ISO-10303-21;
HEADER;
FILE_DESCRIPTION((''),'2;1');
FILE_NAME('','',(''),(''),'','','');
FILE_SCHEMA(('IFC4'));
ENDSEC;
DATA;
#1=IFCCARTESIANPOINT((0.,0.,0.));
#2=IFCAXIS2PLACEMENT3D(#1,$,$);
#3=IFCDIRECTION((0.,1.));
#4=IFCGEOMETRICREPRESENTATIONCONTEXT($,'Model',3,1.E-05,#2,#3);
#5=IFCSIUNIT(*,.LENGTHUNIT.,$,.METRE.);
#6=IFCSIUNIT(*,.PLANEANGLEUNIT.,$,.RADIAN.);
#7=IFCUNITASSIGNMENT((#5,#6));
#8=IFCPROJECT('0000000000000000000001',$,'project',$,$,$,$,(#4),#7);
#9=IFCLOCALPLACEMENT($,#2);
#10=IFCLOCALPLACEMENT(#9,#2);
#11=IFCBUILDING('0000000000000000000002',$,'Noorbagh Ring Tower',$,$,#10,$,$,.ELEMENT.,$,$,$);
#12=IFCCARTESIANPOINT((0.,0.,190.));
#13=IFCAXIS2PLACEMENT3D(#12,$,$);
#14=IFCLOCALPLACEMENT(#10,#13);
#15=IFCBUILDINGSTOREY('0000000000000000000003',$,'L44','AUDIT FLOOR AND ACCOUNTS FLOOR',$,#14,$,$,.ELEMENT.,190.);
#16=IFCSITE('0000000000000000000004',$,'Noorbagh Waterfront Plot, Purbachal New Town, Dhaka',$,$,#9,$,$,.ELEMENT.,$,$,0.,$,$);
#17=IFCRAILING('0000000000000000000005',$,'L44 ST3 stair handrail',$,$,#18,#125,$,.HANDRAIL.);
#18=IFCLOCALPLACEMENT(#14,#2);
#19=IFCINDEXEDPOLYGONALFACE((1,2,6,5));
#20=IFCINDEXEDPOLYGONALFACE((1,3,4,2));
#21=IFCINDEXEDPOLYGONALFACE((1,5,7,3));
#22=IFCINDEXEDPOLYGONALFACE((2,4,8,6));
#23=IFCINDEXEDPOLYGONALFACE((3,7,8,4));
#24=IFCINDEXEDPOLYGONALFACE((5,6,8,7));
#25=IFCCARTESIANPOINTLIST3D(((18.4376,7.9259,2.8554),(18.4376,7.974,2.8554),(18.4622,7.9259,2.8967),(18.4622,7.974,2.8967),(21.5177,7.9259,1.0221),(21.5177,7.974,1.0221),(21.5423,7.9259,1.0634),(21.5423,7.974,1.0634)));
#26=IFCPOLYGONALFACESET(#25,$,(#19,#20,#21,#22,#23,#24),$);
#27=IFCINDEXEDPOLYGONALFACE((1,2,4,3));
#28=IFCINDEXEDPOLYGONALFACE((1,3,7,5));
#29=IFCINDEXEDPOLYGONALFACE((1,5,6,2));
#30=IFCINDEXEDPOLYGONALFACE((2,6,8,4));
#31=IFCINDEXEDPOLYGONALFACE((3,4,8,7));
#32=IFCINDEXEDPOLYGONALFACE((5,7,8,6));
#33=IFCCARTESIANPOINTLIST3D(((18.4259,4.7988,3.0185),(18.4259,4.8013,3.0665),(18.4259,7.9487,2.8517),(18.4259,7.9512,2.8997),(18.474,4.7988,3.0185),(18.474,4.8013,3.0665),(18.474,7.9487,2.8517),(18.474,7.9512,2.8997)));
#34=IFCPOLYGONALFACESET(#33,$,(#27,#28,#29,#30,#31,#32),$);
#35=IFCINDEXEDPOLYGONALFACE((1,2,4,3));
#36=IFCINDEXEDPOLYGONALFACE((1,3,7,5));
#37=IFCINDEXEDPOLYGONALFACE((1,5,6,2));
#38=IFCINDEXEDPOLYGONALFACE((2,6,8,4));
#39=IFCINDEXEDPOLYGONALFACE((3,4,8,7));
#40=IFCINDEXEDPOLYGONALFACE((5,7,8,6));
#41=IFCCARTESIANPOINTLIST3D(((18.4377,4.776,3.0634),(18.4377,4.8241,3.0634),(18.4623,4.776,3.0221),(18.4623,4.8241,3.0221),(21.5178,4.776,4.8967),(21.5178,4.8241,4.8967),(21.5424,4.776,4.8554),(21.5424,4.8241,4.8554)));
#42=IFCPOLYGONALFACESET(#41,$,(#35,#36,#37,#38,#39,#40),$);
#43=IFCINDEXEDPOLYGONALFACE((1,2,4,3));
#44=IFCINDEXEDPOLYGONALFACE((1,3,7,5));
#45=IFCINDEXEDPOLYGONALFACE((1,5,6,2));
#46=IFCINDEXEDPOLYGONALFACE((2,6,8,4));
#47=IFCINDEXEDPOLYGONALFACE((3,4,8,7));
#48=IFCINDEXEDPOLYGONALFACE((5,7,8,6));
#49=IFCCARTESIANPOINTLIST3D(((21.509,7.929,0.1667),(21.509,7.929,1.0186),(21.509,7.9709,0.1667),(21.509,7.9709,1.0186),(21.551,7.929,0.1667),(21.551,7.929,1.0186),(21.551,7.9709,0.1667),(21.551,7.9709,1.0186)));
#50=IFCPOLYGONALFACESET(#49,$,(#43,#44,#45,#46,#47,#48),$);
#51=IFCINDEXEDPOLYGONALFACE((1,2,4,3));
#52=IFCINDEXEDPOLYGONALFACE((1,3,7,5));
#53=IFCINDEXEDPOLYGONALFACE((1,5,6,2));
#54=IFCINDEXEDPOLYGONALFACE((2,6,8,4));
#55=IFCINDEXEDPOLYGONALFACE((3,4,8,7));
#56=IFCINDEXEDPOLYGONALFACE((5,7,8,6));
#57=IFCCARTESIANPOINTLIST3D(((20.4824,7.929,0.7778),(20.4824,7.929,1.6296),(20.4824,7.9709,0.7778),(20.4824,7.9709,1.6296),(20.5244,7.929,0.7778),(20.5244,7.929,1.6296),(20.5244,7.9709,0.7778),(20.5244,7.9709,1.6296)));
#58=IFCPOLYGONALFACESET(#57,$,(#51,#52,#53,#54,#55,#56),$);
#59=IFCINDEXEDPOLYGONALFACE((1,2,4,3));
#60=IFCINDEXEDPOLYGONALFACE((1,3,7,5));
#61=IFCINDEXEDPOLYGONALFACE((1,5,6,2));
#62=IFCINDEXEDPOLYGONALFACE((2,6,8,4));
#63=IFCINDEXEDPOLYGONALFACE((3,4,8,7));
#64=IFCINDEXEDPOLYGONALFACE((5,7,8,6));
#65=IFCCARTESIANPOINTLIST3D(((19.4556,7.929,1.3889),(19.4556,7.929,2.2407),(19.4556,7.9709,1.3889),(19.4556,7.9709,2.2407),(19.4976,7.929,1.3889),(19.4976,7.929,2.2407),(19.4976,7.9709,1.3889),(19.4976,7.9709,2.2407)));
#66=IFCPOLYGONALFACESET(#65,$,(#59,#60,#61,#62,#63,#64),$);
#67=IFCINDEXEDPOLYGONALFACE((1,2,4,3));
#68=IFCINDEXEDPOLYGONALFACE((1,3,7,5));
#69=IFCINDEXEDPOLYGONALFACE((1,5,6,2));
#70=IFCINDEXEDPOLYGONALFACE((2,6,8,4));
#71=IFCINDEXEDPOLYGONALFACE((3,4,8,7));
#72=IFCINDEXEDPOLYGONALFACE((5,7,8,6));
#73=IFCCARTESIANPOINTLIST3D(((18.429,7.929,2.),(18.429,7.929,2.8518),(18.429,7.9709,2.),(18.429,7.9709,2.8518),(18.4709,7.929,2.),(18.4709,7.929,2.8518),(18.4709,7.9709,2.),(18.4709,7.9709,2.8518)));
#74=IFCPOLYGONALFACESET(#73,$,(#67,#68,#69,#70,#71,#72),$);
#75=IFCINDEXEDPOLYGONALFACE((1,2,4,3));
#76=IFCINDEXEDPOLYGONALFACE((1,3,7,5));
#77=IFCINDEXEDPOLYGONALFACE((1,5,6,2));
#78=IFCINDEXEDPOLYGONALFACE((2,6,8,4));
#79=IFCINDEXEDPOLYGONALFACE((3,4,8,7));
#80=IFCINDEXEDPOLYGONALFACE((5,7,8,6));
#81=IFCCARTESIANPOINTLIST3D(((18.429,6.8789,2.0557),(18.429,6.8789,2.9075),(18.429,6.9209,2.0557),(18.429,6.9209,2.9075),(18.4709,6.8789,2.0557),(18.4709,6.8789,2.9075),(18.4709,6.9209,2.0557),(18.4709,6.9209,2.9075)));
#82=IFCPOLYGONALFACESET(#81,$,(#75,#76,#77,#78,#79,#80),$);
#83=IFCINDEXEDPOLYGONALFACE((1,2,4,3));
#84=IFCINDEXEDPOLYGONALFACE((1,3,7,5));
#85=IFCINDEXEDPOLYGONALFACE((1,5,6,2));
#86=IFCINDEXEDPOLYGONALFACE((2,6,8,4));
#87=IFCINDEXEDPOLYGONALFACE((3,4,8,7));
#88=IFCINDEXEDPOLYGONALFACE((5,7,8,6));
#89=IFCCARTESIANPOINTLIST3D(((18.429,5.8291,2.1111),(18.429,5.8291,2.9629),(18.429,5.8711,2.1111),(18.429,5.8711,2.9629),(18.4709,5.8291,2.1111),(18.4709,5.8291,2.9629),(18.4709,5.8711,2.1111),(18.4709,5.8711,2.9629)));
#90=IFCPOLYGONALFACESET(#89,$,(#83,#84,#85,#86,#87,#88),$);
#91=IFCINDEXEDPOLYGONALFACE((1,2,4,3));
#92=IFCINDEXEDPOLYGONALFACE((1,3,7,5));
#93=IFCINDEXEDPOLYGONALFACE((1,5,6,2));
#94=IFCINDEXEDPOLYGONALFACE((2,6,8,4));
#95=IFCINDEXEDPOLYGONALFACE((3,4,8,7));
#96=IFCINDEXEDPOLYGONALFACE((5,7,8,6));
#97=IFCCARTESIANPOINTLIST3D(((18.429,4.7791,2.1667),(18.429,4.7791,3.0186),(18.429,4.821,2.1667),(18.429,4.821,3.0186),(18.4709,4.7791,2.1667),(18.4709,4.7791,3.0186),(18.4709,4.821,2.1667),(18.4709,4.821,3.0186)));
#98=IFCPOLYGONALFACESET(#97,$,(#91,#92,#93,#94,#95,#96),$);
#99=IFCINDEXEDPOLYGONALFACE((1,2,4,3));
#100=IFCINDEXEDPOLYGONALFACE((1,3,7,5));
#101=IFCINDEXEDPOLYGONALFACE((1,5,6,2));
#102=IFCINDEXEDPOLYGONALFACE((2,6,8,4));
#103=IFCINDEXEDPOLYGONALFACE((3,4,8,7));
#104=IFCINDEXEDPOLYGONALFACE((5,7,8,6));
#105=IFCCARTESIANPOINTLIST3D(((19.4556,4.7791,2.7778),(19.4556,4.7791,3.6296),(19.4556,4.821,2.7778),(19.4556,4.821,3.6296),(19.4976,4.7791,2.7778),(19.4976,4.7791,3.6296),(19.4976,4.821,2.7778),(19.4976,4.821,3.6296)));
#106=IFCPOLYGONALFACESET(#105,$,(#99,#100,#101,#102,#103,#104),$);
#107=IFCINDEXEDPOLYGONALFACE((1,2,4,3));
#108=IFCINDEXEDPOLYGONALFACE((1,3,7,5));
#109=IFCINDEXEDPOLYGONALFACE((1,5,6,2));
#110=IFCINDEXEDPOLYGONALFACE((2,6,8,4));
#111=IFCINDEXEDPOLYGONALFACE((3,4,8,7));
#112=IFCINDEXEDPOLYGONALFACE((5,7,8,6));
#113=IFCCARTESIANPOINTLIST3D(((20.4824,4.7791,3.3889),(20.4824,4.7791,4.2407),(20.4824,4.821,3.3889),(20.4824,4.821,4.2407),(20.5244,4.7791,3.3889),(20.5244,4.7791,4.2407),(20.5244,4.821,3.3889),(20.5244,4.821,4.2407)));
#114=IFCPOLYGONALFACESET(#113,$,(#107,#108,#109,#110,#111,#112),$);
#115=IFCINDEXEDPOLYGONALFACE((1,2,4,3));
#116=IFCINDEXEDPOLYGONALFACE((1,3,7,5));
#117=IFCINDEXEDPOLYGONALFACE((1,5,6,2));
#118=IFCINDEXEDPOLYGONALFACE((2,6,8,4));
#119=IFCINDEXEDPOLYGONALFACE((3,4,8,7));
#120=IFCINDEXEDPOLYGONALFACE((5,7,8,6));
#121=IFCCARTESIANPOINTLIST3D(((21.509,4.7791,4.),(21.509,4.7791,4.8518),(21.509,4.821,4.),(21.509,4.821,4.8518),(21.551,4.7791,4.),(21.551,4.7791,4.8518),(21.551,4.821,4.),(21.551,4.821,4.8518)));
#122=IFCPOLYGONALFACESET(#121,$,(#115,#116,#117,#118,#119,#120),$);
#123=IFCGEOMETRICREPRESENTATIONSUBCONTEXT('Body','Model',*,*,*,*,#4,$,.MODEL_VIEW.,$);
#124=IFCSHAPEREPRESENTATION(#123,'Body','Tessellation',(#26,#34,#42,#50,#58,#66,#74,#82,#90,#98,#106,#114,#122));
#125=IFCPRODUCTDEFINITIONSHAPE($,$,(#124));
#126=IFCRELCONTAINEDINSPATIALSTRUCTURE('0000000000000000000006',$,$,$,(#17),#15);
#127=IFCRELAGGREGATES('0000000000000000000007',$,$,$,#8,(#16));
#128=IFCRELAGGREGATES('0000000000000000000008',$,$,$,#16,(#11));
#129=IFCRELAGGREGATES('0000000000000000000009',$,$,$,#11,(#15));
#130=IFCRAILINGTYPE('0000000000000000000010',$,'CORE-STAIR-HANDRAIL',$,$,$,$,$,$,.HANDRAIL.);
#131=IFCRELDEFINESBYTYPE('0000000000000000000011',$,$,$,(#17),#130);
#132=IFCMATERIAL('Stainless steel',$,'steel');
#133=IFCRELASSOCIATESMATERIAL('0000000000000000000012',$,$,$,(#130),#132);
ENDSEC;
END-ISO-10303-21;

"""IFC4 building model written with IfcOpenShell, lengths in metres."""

from ifc_helpers import new_model, si_unit, direction, frame, origin, origin_2d, place, context, subcontext, project, spatial, rectangle, extrude, material, type_object, element, save


model = new_model("IFC4")

# Units and contexts
model_context = context("Model", 3, precision=1e-05, world=origin(), true_north=direction((0.0, 1.0)))
body_context = subcontext(model_context, "Body", "Model", "MODEL_VIEW")
ifc_project = project(units=[si_unit("LENGTHUNIT", "METRE"), si_unit("PLANEANGLEUNIT", "RADIAN")], contexts=[model_context])

# Site, building, storey
site_placement = place(None, origin())
site = spatial("IfcSite", under=ifc_project, at=site_placement, Name="Noorbagh Waterfront Plot, Purbachal New Town, Dhaka", CompositionType="ELEMENT", RefElevation=0.0)
building_placement = place(site_placement, origin())
building = spatial("IfcBuilding", under=site, at=building_placement, Name="Noorbagh Ring Tower", CompositionType="ELEMENT")
storey_placement = place(building_placement, frame((0.0, 0.0, 190.0)))
storey = spatial("IfcBuildingStorey", under=building, at=storey_placement, Name="L44", Description="AUDIT FLOOR AND ACCOUNTS FLOOR", CompositionType="ELEMENT", Elevation=190.0)

# Railing
ifc_material_1 = material(Name="Stainless steel", Category="steel")
railing_type_1 = type_object("IfcRailingType", Name="CORE-STAIR-HANDRAIL", PredefinedType="HANDRAIL", material=ifc_material_1)
railing_1_placement = place(storey_placement, frame((21.53, 7.95, 0.1667)))
element("IfcRailing", 1, at=railing_1_placement, inside=storey, type_object=railing_type_1, Name="L44 ST3 stair handrail", PredefinedType="HANDRAIL", context=body_context, shape_type="SweptSolid", body=[
    extrude(rectangle(XDim=0.0481, YDim=0.0481, at=origin_2d()), frame((0.0, 0.0, 0.876), z_axis=(-0.859309, 0.0, 0.511458), x_axis=(0.0, -1.0, 0.0)), (0.0, 0.0, 1.0), 3.5845),
    extrude(rectangle(XDim=0.0481, YDim=0.0481, at=origin_2d()), frame((-3.0801, 0.0, 2.709), z_axis=(0.0, -0.998602, 0.052864), x_axis=(1.0, 0.0, 0.0)), (0.0, 0.0, 1.0), 3.1543),
    extrude(rectangle(XDim=0.0481, YDim=0.0481, at=origin_2d()), frame((-3.0801, -3.1499, 2.876), z_axis=(0.859309, 0.0, 0.511458), x_axis=(0.0, 1.0, 0.0)), (0.0, 0.0, 1.0), 3.5845),
    extrude(rectangle(XDim=0.042, YDim=0.042, at=origin_2d()), origin(), (0.0, 0.0, 1.0), 0.8518),
    extrude(rectangle(XDim=0.042, YDim=0.042, at=origin_2d()), frame((-1.0266, 0.0, 0.6111)), (0.0, 0.0, 1.0), 0.8518),
    extrude(rectangle(XDim=0.042, YDim=0.042, at=origin_2d()), frame((-2.0535, 0.0, 1.2222)), (0.0, 0.0, 1.0), 0.8518),
    extrude(rectangle(XDim=0.042, YDim=0.042, at=origin_2d()), frame((-3.0801, 0.0, 1.8333)), (0.0, 0.0, 1.0), 0.8518),
    extrude(rectangle(XDim=0.042, YDim=0.042, at=origin_2d()), frame((-3.0801, -1.05, 1.8889)), (0.0, 0.0, 1.0), 0.8518),
    extrude(rectangle(XDim=0.042, YDim=0.042, at=origin_2d()), frame((-3.0801, -2.0999, 1.9443)), (0.0, 0.0, 1.0), 0.8518),
    extrude(rectangle(XDim=0.042, YDim=0.042, at=origin_2d()), frame((-3.0801, -3.1499, 2.0)), (0.0, 0.0, 1.0), 0.8518),
    extrude(rectangle(XDim=0.042, YDim=0.042, at=origin_2d()), frame((-2.0535, -3.1499, 2.6111)), (0.0, 0.0, 1.0), 0.8518),
    extrude(rectangle(XDim=0.042, YDim=0.042, at=origin_2d()), frame((-1.0266, -3.1499, 3.2222)), (0.0, 0.0, 1.0), 0.8518),
    extrude(rectangle(XDim=0.042, YDim=0.042, at=origin_2d()), frame((0.0, -3.1499, 3.8333)), (0.0, 0.0, 1.0), 0.8518),
])

save(model, "model.ifc")
